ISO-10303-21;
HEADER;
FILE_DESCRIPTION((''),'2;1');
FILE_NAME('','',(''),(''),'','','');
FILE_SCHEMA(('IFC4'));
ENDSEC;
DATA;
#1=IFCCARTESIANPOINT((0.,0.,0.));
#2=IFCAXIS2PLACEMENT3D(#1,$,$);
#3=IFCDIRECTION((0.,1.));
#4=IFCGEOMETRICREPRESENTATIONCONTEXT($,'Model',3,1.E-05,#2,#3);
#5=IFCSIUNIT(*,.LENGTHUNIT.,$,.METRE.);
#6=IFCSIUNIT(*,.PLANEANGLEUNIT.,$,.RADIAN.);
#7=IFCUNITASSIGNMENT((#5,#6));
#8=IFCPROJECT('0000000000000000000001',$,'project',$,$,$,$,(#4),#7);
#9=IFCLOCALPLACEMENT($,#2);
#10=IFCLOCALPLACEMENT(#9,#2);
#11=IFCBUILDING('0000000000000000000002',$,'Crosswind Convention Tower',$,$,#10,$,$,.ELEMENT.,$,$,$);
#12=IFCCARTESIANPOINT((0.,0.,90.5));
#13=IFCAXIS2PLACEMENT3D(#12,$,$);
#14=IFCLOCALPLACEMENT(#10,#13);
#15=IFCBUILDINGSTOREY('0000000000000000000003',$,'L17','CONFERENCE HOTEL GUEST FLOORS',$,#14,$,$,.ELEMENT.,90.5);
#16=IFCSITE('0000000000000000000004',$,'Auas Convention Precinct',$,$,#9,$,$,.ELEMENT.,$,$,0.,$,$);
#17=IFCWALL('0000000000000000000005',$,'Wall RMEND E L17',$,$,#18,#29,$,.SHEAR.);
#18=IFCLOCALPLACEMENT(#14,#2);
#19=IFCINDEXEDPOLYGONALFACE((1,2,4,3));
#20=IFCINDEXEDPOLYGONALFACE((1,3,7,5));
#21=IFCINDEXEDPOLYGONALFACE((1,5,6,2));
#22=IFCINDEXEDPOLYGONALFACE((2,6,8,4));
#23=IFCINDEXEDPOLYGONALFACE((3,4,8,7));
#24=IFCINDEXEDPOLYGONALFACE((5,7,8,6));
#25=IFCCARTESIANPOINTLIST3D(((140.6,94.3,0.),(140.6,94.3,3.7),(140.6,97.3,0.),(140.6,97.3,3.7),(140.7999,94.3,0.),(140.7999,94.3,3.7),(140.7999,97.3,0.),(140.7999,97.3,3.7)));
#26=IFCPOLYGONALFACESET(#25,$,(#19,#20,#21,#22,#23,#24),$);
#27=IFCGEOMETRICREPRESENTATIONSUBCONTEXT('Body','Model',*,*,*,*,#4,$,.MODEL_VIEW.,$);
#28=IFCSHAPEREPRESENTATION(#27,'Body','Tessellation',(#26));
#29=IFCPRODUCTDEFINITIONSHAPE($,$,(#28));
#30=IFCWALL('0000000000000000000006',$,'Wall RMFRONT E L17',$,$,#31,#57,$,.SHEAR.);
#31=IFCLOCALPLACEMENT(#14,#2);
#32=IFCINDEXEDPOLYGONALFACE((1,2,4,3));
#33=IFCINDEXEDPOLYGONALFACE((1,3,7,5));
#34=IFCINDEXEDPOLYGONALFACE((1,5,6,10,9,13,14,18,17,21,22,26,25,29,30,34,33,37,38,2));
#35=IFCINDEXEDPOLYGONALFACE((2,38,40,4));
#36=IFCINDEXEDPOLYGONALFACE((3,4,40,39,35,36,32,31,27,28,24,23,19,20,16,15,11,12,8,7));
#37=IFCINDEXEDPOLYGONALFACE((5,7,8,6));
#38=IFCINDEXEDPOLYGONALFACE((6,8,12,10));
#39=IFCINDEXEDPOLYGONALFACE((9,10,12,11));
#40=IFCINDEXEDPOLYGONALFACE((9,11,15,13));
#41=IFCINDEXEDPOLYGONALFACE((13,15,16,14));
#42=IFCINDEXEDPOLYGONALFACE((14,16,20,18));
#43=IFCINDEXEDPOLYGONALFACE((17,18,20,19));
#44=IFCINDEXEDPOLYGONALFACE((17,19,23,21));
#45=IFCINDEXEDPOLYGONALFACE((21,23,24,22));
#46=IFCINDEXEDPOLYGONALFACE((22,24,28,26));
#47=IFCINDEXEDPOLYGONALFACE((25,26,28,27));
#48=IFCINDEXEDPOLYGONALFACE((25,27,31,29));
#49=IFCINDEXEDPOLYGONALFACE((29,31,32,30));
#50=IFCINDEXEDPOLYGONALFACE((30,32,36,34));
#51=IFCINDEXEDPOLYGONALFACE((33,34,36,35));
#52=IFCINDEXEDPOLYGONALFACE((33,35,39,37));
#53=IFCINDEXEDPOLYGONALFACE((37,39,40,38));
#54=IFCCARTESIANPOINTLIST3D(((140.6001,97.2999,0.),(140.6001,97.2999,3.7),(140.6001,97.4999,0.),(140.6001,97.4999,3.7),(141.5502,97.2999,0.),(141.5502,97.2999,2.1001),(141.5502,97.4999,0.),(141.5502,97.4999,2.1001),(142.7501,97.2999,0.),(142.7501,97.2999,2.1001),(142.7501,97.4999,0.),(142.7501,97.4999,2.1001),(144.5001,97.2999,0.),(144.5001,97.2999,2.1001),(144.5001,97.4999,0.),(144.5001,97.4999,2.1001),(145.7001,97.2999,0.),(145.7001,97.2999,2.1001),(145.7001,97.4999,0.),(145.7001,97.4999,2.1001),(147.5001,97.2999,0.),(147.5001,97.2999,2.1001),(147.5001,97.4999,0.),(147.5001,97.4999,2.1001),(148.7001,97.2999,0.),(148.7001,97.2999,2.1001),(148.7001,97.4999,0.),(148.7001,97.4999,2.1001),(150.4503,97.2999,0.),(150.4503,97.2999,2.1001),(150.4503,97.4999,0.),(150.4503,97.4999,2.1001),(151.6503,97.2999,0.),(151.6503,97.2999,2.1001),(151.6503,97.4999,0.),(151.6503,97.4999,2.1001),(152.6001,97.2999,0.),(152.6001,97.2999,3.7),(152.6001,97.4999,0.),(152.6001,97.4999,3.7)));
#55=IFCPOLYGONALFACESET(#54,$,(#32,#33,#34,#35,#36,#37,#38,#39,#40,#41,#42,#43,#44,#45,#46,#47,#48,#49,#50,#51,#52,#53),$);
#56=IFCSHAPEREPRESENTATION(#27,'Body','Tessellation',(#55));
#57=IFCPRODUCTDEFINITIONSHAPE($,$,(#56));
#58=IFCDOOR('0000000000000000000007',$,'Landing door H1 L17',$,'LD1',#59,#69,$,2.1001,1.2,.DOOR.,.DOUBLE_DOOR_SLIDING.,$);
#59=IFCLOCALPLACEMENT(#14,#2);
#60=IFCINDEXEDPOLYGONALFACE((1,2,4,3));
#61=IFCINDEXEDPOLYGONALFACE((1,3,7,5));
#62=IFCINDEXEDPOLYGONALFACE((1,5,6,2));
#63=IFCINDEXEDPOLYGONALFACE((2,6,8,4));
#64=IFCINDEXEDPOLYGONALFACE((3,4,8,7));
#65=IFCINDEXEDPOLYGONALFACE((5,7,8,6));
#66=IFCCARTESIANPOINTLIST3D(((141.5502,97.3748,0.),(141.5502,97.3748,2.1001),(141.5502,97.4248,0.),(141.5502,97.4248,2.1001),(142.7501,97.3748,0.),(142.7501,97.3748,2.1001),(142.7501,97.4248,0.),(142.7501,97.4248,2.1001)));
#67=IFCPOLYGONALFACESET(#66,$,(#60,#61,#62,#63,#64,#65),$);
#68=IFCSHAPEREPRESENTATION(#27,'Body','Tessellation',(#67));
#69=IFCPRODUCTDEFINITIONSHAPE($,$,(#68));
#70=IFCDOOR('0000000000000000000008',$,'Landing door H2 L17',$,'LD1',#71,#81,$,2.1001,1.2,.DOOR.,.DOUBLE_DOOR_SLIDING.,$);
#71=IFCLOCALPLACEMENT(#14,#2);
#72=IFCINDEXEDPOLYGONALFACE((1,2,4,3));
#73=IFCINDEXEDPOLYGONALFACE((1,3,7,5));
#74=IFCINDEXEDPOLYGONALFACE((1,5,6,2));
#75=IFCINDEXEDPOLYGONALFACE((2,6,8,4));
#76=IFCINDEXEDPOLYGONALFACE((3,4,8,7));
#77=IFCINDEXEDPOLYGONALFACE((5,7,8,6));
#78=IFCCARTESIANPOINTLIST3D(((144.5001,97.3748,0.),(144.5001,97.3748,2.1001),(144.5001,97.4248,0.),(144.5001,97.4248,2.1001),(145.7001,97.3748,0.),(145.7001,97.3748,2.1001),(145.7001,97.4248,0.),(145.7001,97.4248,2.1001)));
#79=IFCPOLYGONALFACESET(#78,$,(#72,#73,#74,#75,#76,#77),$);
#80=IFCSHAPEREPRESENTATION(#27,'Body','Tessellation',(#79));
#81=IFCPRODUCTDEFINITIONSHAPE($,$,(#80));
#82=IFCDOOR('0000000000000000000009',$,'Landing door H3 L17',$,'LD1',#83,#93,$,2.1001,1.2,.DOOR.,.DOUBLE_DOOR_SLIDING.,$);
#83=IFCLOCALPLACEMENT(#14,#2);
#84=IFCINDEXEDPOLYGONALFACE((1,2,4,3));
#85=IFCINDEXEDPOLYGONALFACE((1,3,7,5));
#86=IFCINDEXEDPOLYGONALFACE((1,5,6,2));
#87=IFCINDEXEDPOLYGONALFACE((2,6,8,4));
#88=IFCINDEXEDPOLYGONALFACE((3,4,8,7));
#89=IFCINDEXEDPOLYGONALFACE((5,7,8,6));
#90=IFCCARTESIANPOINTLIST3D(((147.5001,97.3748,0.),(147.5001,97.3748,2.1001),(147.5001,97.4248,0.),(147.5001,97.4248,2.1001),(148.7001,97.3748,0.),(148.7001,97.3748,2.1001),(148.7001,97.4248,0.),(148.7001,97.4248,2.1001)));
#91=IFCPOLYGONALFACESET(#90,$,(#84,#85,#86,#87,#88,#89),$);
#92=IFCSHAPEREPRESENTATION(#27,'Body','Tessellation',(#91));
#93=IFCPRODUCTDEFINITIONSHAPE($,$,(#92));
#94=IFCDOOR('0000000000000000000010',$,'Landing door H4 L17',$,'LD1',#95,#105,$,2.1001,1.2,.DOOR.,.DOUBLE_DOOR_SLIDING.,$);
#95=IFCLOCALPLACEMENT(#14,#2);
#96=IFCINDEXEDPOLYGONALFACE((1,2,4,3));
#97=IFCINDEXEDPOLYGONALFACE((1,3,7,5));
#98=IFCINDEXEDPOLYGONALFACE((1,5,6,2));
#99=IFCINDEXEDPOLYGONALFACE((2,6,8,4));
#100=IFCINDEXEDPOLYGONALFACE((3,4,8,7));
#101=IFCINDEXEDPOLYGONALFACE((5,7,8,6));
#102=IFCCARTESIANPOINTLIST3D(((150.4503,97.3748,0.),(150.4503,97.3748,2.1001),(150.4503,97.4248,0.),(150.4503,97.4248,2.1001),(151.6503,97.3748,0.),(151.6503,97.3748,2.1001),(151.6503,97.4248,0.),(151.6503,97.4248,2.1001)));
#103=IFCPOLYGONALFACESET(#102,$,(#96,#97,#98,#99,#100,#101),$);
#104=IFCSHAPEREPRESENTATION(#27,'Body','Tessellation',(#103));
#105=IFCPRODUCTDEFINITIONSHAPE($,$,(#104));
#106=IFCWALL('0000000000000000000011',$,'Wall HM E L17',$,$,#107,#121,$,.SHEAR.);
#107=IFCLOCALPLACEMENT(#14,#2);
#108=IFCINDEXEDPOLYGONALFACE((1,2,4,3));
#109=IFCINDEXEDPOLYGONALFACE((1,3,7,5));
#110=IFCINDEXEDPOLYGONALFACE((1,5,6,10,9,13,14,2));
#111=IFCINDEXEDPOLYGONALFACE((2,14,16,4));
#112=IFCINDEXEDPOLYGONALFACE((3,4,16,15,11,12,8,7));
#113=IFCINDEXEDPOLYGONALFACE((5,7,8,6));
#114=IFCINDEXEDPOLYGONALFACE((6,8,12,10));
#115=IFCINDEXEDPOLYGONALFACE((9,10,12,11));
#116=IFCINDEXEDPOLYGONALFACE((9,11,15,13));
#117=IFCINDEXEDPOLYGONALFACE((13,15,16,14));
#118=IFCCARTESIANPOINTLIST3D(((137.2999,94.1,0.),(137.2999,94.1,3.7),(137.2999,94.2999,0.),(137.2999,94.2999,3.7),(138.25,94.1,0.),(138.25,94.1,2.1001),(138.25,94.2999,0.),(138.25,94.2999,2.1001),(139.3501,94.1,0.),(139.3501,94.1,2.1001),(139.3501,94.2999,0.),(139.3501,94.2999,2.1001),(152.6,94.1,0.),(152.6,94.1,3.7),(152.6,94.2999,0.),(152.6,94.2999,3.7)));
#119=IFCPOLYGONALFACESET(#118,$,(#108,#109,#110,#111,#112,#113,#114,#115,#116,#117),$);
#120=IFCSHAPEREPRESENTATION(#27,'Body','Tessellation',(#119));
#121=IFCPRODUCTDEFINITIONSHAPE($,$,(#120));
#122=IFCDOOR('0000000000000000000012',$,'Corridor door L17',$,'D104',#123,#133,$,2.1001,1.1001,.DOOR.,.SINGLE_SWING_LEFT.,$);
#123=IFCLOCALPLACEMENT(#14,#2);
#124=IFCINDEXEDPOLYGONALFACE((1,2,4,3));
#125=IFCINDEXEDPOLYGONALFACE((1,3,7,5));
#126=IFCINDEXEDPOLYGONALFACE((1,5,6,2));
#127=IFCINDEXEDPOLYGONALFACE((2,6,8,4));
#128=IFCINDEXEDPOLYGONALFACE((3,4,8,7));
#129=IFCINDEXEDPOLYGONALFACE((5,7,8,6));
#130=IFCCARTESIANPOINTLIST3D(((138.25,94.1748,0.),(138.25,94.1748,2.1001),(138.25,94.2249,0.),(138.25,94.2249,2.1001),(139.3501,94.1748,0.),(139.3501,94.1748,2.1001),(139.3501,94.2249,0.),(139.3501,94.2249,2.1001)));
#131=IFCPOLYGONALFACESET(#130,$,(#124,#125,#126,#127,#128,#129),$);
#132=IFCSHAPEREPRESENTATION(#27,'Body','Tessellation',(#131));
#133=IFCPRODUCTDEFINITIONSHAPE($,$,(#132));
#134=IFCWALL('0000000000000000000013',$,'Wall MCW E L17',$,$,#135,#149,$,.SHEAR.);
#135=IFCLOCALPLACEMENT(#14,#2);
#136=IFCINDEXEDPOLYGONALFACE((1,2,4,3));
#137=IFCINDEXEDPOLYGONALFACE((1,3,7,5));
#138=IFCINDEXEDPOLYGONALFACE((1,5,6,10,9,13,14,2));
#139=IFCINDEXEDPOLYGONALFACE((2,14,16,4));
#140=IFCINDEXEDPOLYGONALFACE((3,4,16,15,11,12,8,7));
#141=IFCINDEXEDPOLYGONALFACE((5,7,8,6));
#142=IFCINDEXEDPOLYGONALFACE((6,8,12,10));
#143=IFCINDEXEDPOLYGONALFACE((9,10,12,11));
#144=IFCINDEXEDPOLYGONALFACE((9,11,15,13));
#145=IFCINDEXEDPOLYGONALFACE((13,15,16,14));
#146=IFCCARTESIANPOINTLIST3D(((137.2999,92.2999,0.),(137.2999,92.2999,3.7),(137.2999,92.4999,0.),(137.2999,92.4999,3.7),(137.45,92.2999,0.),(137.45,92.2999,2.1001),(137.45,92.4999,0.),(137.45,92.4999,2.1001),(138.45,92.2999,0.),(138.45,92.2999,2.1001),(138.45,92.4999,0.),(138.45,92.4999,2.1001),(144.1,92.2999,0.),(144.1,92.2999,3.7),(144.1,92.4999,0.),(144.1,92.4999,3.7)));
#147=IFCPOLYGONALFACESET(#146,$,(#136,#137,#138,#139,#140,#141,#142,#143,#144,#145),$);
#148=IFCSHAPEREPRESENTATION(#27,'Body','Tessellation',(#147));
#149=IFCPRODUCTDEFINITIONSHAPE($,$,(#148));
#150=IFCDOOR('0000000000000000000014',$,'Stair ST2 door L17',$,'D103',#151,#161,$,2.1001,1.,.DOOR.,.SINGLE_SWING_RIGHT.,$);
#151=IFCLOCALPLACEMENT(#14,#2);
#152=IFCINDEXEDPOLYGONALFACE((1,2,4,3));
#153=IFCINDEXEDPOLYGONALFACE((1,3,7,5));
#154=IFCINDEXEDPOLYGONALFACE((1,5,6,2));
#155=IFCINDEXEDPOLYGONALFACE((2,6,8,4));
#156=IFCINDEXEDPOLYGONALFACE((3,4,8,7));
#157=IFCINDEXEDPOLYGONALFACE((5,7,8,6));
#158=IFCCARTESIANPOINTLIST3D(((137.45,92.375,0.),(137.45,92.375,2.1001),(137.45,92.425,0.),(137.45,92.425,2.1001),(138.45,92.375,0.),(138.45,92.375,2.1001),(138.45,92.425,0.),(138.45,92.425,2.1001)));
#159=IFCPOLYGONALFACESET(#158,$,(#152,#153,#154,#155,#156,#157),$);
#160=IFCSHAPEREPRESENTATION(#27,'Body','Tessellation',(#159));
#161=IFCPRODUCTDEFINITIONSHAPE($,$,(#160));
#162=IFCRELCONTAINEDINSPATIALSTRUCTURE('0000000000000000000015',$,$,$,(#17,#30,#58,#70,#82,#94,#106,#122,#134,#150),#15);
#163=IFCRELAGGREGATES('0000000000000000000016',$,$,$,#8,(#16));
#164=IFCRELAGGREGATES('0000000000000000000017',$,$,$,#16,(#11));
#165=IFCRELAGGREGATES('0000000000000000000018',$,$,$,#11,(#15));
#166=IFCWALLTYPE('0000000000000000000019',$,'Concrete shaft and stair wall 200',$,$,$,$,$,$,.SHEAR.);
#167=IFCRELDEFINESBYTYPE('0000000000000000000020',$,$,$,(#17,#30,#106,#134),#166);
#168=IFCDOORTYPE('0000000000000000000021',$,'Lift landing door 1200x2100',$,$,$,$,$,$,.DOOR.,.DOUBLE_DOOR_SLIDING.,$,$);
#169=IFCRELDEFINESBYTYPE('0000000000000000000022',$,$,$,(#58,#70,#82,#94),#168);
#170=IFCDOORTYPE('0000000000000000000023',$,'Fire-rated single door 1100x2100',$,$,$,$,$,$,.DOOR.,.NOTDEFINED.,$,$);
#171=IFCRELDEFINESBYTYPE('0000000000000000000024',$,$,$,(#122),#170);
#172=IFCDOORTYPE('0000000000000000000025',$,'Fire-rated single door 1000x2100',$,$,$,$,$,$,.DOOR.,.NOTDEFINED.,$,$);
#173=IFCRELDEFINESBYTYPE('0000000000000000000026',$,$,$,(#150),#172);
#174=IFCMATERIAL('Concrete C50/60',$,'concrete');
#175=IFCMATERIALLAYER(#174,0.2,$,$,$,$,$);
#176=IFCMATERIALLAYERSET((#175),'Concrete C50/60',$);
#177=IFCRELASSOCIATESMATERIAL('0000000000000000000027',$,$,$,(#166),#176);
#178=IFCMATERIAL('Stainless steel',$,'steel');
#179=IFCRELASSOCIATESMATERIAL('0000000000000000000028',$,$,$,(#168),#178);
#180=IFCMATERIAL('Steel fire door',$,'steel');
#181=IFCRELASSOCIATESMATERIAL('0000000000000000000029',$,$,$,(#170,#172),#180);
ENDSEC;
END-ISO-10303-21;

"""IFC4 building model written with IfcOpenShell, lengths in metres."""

from ifc_helpers import new_model, si_unit, direction, frame, frame_2d, origin, place, context, subcontext, project, spatial, rectangle, extrude, material, layer, layer_set, type_object, element, fill, save


model = new_model("IFC4")

# Units and contexts
model_context = context("Model", 3, precision=1e-05, world=origin(), true_north=direction((0.0, 1.0)))
body_context = subcontext(model_context, "Body", "Model", "MODEL_VIEW")
ifc_project = project(units=[si_unit("LENGTHUNIT", "METRE"), si_unit("PLANEANGLEUNIT", "RADIAN")], contexts=[model_context])

# Site, building, storey
site_placement = place(None, origin())
site = spatial("IfcSite", under=ifc_project, at=site_placement, Name="Auas Convention Precinct", CompositionType="ELEMENT", RefElevation=0.0)
building_placement = place(site_placement, origin())
building = spatial("IfcBuilding", under=site, at=building_placement, Name="Crosswind Convention Tower", CompositionType="ELEMENT")
storey_placement = place(building_placement, frame((0.0, 0.0, 90.5)))
storey = spatial("IfcBuildingStorey", under=building, at=storey_placement, Name="L17", Description="CONFERENCE HOTEL GUEST FLOORS", CompositionType="ELEMENT", Elevation=90.5)

# Wall
ifc_material_1 = material(Name="Concrete C50/60", Category="concrete")
ifc_layer = layer(ifc_material_1, 0.2)
ifc_layer_set = layer_set([ifc_layer], Name="Concrete C50/60")
wall_type = type_object("IfcWallType", Name="Concrete shaft and stair wall 200", PredefinedType="SHEAR", material=ifc_layer_set)
wall_1_placement = place(storey_placement, frame((140.7, 94.3, 0.0), z_axis=(0.0, 0.0, 1.0), x_axis=(0.0, 1.0, 0.0)))
element("IfcWall", 1, at=wall_1_placement, inside=storey, type_object=wall_type, Name="Wall RMEND E L17", PredefinedType="SHEAR", context=body_context, shape_type="SweptSolid", body=[
    extrude(rectangle(XDim=3.0, YDim=0.2, at=frame_2d((1.5, 0.0))), origin(), (0.0, 0.0, 1.0), 3.7),
])

# Wall, openings, doors
wall_2_placement = place(storey_placement, frame((140.6001, 97.3999, 0.0), z_axis=(0.0, 0.0, 1.0), x_axis=(1.0, 0.0, 0.0)))
wall_2 = element("IfcWall", 2, at=wall_2_placement, inside=storey, type_object=wall_type, Name="Wall RMFRONT E L17", PredefinedType="SHEAR", context=body_context, shape_type="SweptSolid", body=[
    extrude(rectangle(XDim=12.0, YDim=0.2, at=frame_2d((6.0, 0.0))), origin(), (0.0, 0.0, 1.0), 3.7),
])
opening_1_placement = place(wall_2_placement, frame((0.95, 0.0, 0.0)))
opening_1 = element("IfcOpeningElement", 3, at=opening_1_placement, cuts=wall_2, PredefinedType="OPENING", context=body_context, shape_type="SweptSolid", body=[
    extrude(rectangle(XDim=1.2, YDim=2.1001, at=frame_2d((0.6001, 1.05))), frame((0.0, 0.1099, 0.0), z_axis=(0.0, -1.0, 0.0), x_axis=(1.0, 0.0, 0.0)), (0.0, 0.0, 1.0), 0.22),
])
opening_2_placement = place(wall_2_placement, frame((3.8999, 0.0, 0.0)))
opening_2 = element("IfcOpeningElement", 4, at=opening_2_placement, cuts=wall_2, PredefinedType="OPENING", context=body_context, shape_type="SweptSolid", body=[
    extrude(rectangle(XDim=1.2, YDim=2.1001, at=frame_2d((0.6001, 1.05))), frame((0.0, 0.1099, 0.0), z_axis=(0.0, -1.0, 0.0), x_axis=(1.0, 0.0, 0.0)), (0.0, 0.0, 1.0), 0.22),
])
opening_3_placement = place(wall_2_placement, frame((6.8999, 0.0, 0.0)))
opening_3 = element("IfcOpeningElement", 5, at=opening_3_placement, cuts=wall_2, PredefinedType="OPENING", context=body_context, shape_type="SweptSolid", body=[
    extrude(rectangle(XDim=1.2, YDim=2.1001, at=frame_2d((0.6001, 1.05))), frame((0.0, 0.1099, 0.0), z_axis=(0.0, -1.0, 0.0), x_axis=(1.0, 0.0, 0.0)), (0.0, 0.0, 1.0), 0.22),
])
opening_4_placement = place(wall_2_placement, frame((9.8501, 0.0, 0.0)))
opening_4 = element("IfcOpeningElement", 6, at=opening_4_placement, cuts=wall_2, PredefinedType="OPENING", context=body_context, shape_type="SweptSolid", body=[
    extrude(rectangle(XDim=1.2, YDim=2.1001, at=frame_2d((0.6001, 1.05))), frame((0.0, 0.1099, 0.0), z_axis=(0.0, -1.0, 0.0), x_axis=(1.0, 0.0, 0.0)), (0.0, 0.0, 1.0), 0.22),
])
ifc_material_2 = material(Name="Stainless steel", Category="steel")
door_type_1 = type_object("IfcDoorType", Name="Lift landing door 1200x2100", OperationType="DOUBLE_DOOR_SLIDING", PredefinedType="DOOR", material=ifc_material_2)
door_1_placement = place(opening_1_placement, origin())
door_1 = element("IfcDoor", 7, at=door_1_placement, inside=storey, type_object=door_type_1, Name="Landing door H1 L17", ObjectType="LD1", OperationType="DOUBLE_DOOR_SLIDING", OverallHeight=2.1001, OverallWidth=1.2, PredefinedType="DOOR", context=body_context, shape_type="SweptSolid", body=[
    extrude(rectangle(XDim=1.2, YDim=2.1001, at=frame_2d((0.6001, 1.05))), frame((0.0, 0.0249, 0.0), z_axis=(0.0, -1.0, 0.0), x_axis=(1.0, 0.0, 0.0)), (0.0, 0.0, 1.0), 0.05),
])
fill(opening_1, door_1)
door_2_placement = place(opening_2_placement, origin())
door_2 = element("IfcDoor", 8, at=door_2_placement, inside=storey, type_object=door_type_1, Name="Landing door H2 L17", ObjectType="LD1", OperationType="DOUBLE_DOOR_SLIDING", OverallHeight=2.1001, OverallWidth=1.2, PredefinedType="DOOR", context=body_context, shape_type="SweptSolid", body=[
    extrude(rectangle(XDim=1.2, YDim=2.1001, at=frame_2d((0.6001, 1.05))), frame((0.0, 0.0249, 0.0), z_axis=(0.0, -1.0, 0.0), x_axis=(1.0, 0.0, 0.0)), (0.0, 0.0, 1.0), 0.05),
])
fill(opening_2, door_2)
door_3_placement = place(opening_3_placement, origin())
door_3 = element("IfcDoor", 9, at=door_3_placement, inside=storey, type_object=door_type_1, Name="Landing door H3 L17", ObjectType="LD1", OperationType="DOUBLE_DOOR_SLIDING", OverallHeight=2.1001, OverallWidth=1.2, PredefinedType="DOOR", context=body_context, shape_type="SweptSolid", body=[
    extrude(rectangle(XDim=1.2, YDim=2.1001, at=frame_2d((0.6001, 1.05))), frame((0.0, 0.0249, 0.0), z_axis=(0.0, -1.0, 0.0), x_axis=(1.0, 0.0, 0.0)), (0.0, 0.0, 1.0), 0.05),
])
fill(opening_3, door_3)
door_4_placement = place(opening_4_placement, origin())
door_4 = element("IfcDoor", 10, at=door_4_placement, inside=storey, type_object=door_type_1, Name="Landing door H4 L17", ObjectType="LD1", OperationType="DOUBLE_DOOR_SLIDING", OverallHeight=2.1001, OverallWidth=1.2, PredefinedType="DOOR", context=body_context, shape_type="SweptSolid", body=[
    extrude(rectangle(XDim=1.2, YDim=2.1001, at=frame_2d((0.6001, 1.05))), frame((0.0, 0.0249, 0.0), z_axis=(0.0, -1.0, 0.0), x_axis=(1.0, 0.0, 0.0)), (0.0, 0.0, 1.0), 0.05),
])
fill(opening_4, door_4)

# Walls, openings, doors
wall_3_placement = place(storey_placement, frame((137.3, 94.2, 0.0), z_axis=(0.0, 0.0, 1.0), x_axis=(1.0, 0.0, 0.0)))
wall_3 = element("IfcWall", 11, at=wall_3_placement, inside=storey, type_object=wall_type, Name="Wall HM E L17", PredefinedType="SHEAR", context=body_context, shape_type="SweptSolid", body=[
    extrude(rectangle(XDim=15.3, YDim=0.2, at=frame_2d((7.6499, 0.0))), origin(), (0.0, 0.0, 1.0), 3.7),
])
opening_5_placement = place(wall_3_placement, frame((0.95, 0.0, 0.0)))
opening_5 = element("IfcOpeningElement", 12, at=opening_5_placement, cuts=wall_3, PredefinedType="OPENING", context=body_context, shape_type="SweptSolid", body=[
    extrude(rectangle(XDim=1.1001, YDim=2.1001, at=frame_2d((0.55, 1.05))), frame((0.0, 0.1099, 0.0), z_axis=(0.0, -1.0, 0.0), x_axis=(1.0, 0.0, 0.0)), (0.0, 0.0, 1.0), 0.22),
])
ifc_material_3 = material(Name="Steel fire door", Category="steel")
door_type_2 = type_object("IfcDoorType", Name="Fire-rated single door 1100x2100", OperationType="NOTDEFINED", PredefinedType="DOOR", material=ifc_material_3)
door_5_placement = place(opening_5_placement, origin())
door_5 = element("IfcDoor", 13, at=door_5_placement, inside=storey, type_object=door_type_2, Name="Corridor door L17", ObjectType="D104", OperationType="SINGLE_SWING_LEFT", OverallHeight=2.1001, OverallWidth=1.1001, PredefinedType="DOOR", context=body_context, shape_type="SweptSolid", body=[
    extrude(rectangle(XDim=1.1001, YDim=2.1001, at=frame_2d((0.55, 1.05))), frame((0.0, 0.0249, 0.0), z_axis=(0.0, -1.0, 0.0), x_axis=(1.0, 0.0, 0.0)), (0.0, 0.0, 1.0), 0.05),
])
fill(opening_5, door_5)
wall_4_placement = place(storey_placement, frame((137.3, 92.3999, 0.0), z_axis=(0.0, 0.0, 1.0), x_axis=(1.0, 0.0, 0.0)))
wall_4 = element("IfcWall", 14, at=wall_4_placement, inside=storey, type_object=wall_type, Name="Wall MCW E L17", PredefinedType="SHEAR", context=body_context, shape_type="SweptSolid", body=[
    extrude(rectangle(XDim=6.8, YDim=0.2, at=frame_2d((3.3999, 0.0))), origin(), (0.0, 0.0, 1.0), 3.7),
])
opening_6_placement = place(wall_4_placement, frame((0.1499, 0.0, 0.0)))
opening_6 = element("IfcOpeningElement", 15, at=opening_6_placement, cuts=wall_4, PredefinedType="OPENING", context=body_context, shape_type="SweptSolid", body=[
    extrude(rectangle(XDim=1.0, YDim=2.1001, at=frame_2d((0.5, 1.05))), frame((0.0, 0.1099, 0.0), z_axis=(0.0, -1.0, 0.0), x_axis=(1.0, 0.0, 0.0)), (0.0, 0.0, 1.0), 0.22),
])
door_type_3 = type_object("IfcDoorType", Name="Fire-rated single door 1000x2100", OperationType="NOTDEFINED", PredefinedType="DOOR", material=ifc_material_3)
door_6_placement = place(opening_6_placement, frame((1.0, 0.0, 0.0), z_axis=(0.0, 0.0, 1.0), x_axis=(-1.0, 0.0, 0.0)))
door_6 = element("IfcDoor", 16, at=door_6_placement, inside=storey, type_object=door_type_3, Name="Stair ST2 door L17", ObjectType="D103", OperationType="SINGLE_SWING_RIGHT", OverallHeight=2.1001, OverallWidth=1.0, PredefinedType="DOOR", context=body_context, shape_type="SweptSolid", body=[
    extrude(rectangle(XDim=1.0, YDim=2.1001, at=frame_2d((0.5, 1.05))), frame((0.0, 0.0249, 0.0), z_axis=(0.0, -1.0, 0.0), x_axis=(1.0, 0.0, 0.0)), (0.0, 0.0, 1.0), 0.05),
])
fill(opening_6, door_6)

save(model, "model.ifc")
